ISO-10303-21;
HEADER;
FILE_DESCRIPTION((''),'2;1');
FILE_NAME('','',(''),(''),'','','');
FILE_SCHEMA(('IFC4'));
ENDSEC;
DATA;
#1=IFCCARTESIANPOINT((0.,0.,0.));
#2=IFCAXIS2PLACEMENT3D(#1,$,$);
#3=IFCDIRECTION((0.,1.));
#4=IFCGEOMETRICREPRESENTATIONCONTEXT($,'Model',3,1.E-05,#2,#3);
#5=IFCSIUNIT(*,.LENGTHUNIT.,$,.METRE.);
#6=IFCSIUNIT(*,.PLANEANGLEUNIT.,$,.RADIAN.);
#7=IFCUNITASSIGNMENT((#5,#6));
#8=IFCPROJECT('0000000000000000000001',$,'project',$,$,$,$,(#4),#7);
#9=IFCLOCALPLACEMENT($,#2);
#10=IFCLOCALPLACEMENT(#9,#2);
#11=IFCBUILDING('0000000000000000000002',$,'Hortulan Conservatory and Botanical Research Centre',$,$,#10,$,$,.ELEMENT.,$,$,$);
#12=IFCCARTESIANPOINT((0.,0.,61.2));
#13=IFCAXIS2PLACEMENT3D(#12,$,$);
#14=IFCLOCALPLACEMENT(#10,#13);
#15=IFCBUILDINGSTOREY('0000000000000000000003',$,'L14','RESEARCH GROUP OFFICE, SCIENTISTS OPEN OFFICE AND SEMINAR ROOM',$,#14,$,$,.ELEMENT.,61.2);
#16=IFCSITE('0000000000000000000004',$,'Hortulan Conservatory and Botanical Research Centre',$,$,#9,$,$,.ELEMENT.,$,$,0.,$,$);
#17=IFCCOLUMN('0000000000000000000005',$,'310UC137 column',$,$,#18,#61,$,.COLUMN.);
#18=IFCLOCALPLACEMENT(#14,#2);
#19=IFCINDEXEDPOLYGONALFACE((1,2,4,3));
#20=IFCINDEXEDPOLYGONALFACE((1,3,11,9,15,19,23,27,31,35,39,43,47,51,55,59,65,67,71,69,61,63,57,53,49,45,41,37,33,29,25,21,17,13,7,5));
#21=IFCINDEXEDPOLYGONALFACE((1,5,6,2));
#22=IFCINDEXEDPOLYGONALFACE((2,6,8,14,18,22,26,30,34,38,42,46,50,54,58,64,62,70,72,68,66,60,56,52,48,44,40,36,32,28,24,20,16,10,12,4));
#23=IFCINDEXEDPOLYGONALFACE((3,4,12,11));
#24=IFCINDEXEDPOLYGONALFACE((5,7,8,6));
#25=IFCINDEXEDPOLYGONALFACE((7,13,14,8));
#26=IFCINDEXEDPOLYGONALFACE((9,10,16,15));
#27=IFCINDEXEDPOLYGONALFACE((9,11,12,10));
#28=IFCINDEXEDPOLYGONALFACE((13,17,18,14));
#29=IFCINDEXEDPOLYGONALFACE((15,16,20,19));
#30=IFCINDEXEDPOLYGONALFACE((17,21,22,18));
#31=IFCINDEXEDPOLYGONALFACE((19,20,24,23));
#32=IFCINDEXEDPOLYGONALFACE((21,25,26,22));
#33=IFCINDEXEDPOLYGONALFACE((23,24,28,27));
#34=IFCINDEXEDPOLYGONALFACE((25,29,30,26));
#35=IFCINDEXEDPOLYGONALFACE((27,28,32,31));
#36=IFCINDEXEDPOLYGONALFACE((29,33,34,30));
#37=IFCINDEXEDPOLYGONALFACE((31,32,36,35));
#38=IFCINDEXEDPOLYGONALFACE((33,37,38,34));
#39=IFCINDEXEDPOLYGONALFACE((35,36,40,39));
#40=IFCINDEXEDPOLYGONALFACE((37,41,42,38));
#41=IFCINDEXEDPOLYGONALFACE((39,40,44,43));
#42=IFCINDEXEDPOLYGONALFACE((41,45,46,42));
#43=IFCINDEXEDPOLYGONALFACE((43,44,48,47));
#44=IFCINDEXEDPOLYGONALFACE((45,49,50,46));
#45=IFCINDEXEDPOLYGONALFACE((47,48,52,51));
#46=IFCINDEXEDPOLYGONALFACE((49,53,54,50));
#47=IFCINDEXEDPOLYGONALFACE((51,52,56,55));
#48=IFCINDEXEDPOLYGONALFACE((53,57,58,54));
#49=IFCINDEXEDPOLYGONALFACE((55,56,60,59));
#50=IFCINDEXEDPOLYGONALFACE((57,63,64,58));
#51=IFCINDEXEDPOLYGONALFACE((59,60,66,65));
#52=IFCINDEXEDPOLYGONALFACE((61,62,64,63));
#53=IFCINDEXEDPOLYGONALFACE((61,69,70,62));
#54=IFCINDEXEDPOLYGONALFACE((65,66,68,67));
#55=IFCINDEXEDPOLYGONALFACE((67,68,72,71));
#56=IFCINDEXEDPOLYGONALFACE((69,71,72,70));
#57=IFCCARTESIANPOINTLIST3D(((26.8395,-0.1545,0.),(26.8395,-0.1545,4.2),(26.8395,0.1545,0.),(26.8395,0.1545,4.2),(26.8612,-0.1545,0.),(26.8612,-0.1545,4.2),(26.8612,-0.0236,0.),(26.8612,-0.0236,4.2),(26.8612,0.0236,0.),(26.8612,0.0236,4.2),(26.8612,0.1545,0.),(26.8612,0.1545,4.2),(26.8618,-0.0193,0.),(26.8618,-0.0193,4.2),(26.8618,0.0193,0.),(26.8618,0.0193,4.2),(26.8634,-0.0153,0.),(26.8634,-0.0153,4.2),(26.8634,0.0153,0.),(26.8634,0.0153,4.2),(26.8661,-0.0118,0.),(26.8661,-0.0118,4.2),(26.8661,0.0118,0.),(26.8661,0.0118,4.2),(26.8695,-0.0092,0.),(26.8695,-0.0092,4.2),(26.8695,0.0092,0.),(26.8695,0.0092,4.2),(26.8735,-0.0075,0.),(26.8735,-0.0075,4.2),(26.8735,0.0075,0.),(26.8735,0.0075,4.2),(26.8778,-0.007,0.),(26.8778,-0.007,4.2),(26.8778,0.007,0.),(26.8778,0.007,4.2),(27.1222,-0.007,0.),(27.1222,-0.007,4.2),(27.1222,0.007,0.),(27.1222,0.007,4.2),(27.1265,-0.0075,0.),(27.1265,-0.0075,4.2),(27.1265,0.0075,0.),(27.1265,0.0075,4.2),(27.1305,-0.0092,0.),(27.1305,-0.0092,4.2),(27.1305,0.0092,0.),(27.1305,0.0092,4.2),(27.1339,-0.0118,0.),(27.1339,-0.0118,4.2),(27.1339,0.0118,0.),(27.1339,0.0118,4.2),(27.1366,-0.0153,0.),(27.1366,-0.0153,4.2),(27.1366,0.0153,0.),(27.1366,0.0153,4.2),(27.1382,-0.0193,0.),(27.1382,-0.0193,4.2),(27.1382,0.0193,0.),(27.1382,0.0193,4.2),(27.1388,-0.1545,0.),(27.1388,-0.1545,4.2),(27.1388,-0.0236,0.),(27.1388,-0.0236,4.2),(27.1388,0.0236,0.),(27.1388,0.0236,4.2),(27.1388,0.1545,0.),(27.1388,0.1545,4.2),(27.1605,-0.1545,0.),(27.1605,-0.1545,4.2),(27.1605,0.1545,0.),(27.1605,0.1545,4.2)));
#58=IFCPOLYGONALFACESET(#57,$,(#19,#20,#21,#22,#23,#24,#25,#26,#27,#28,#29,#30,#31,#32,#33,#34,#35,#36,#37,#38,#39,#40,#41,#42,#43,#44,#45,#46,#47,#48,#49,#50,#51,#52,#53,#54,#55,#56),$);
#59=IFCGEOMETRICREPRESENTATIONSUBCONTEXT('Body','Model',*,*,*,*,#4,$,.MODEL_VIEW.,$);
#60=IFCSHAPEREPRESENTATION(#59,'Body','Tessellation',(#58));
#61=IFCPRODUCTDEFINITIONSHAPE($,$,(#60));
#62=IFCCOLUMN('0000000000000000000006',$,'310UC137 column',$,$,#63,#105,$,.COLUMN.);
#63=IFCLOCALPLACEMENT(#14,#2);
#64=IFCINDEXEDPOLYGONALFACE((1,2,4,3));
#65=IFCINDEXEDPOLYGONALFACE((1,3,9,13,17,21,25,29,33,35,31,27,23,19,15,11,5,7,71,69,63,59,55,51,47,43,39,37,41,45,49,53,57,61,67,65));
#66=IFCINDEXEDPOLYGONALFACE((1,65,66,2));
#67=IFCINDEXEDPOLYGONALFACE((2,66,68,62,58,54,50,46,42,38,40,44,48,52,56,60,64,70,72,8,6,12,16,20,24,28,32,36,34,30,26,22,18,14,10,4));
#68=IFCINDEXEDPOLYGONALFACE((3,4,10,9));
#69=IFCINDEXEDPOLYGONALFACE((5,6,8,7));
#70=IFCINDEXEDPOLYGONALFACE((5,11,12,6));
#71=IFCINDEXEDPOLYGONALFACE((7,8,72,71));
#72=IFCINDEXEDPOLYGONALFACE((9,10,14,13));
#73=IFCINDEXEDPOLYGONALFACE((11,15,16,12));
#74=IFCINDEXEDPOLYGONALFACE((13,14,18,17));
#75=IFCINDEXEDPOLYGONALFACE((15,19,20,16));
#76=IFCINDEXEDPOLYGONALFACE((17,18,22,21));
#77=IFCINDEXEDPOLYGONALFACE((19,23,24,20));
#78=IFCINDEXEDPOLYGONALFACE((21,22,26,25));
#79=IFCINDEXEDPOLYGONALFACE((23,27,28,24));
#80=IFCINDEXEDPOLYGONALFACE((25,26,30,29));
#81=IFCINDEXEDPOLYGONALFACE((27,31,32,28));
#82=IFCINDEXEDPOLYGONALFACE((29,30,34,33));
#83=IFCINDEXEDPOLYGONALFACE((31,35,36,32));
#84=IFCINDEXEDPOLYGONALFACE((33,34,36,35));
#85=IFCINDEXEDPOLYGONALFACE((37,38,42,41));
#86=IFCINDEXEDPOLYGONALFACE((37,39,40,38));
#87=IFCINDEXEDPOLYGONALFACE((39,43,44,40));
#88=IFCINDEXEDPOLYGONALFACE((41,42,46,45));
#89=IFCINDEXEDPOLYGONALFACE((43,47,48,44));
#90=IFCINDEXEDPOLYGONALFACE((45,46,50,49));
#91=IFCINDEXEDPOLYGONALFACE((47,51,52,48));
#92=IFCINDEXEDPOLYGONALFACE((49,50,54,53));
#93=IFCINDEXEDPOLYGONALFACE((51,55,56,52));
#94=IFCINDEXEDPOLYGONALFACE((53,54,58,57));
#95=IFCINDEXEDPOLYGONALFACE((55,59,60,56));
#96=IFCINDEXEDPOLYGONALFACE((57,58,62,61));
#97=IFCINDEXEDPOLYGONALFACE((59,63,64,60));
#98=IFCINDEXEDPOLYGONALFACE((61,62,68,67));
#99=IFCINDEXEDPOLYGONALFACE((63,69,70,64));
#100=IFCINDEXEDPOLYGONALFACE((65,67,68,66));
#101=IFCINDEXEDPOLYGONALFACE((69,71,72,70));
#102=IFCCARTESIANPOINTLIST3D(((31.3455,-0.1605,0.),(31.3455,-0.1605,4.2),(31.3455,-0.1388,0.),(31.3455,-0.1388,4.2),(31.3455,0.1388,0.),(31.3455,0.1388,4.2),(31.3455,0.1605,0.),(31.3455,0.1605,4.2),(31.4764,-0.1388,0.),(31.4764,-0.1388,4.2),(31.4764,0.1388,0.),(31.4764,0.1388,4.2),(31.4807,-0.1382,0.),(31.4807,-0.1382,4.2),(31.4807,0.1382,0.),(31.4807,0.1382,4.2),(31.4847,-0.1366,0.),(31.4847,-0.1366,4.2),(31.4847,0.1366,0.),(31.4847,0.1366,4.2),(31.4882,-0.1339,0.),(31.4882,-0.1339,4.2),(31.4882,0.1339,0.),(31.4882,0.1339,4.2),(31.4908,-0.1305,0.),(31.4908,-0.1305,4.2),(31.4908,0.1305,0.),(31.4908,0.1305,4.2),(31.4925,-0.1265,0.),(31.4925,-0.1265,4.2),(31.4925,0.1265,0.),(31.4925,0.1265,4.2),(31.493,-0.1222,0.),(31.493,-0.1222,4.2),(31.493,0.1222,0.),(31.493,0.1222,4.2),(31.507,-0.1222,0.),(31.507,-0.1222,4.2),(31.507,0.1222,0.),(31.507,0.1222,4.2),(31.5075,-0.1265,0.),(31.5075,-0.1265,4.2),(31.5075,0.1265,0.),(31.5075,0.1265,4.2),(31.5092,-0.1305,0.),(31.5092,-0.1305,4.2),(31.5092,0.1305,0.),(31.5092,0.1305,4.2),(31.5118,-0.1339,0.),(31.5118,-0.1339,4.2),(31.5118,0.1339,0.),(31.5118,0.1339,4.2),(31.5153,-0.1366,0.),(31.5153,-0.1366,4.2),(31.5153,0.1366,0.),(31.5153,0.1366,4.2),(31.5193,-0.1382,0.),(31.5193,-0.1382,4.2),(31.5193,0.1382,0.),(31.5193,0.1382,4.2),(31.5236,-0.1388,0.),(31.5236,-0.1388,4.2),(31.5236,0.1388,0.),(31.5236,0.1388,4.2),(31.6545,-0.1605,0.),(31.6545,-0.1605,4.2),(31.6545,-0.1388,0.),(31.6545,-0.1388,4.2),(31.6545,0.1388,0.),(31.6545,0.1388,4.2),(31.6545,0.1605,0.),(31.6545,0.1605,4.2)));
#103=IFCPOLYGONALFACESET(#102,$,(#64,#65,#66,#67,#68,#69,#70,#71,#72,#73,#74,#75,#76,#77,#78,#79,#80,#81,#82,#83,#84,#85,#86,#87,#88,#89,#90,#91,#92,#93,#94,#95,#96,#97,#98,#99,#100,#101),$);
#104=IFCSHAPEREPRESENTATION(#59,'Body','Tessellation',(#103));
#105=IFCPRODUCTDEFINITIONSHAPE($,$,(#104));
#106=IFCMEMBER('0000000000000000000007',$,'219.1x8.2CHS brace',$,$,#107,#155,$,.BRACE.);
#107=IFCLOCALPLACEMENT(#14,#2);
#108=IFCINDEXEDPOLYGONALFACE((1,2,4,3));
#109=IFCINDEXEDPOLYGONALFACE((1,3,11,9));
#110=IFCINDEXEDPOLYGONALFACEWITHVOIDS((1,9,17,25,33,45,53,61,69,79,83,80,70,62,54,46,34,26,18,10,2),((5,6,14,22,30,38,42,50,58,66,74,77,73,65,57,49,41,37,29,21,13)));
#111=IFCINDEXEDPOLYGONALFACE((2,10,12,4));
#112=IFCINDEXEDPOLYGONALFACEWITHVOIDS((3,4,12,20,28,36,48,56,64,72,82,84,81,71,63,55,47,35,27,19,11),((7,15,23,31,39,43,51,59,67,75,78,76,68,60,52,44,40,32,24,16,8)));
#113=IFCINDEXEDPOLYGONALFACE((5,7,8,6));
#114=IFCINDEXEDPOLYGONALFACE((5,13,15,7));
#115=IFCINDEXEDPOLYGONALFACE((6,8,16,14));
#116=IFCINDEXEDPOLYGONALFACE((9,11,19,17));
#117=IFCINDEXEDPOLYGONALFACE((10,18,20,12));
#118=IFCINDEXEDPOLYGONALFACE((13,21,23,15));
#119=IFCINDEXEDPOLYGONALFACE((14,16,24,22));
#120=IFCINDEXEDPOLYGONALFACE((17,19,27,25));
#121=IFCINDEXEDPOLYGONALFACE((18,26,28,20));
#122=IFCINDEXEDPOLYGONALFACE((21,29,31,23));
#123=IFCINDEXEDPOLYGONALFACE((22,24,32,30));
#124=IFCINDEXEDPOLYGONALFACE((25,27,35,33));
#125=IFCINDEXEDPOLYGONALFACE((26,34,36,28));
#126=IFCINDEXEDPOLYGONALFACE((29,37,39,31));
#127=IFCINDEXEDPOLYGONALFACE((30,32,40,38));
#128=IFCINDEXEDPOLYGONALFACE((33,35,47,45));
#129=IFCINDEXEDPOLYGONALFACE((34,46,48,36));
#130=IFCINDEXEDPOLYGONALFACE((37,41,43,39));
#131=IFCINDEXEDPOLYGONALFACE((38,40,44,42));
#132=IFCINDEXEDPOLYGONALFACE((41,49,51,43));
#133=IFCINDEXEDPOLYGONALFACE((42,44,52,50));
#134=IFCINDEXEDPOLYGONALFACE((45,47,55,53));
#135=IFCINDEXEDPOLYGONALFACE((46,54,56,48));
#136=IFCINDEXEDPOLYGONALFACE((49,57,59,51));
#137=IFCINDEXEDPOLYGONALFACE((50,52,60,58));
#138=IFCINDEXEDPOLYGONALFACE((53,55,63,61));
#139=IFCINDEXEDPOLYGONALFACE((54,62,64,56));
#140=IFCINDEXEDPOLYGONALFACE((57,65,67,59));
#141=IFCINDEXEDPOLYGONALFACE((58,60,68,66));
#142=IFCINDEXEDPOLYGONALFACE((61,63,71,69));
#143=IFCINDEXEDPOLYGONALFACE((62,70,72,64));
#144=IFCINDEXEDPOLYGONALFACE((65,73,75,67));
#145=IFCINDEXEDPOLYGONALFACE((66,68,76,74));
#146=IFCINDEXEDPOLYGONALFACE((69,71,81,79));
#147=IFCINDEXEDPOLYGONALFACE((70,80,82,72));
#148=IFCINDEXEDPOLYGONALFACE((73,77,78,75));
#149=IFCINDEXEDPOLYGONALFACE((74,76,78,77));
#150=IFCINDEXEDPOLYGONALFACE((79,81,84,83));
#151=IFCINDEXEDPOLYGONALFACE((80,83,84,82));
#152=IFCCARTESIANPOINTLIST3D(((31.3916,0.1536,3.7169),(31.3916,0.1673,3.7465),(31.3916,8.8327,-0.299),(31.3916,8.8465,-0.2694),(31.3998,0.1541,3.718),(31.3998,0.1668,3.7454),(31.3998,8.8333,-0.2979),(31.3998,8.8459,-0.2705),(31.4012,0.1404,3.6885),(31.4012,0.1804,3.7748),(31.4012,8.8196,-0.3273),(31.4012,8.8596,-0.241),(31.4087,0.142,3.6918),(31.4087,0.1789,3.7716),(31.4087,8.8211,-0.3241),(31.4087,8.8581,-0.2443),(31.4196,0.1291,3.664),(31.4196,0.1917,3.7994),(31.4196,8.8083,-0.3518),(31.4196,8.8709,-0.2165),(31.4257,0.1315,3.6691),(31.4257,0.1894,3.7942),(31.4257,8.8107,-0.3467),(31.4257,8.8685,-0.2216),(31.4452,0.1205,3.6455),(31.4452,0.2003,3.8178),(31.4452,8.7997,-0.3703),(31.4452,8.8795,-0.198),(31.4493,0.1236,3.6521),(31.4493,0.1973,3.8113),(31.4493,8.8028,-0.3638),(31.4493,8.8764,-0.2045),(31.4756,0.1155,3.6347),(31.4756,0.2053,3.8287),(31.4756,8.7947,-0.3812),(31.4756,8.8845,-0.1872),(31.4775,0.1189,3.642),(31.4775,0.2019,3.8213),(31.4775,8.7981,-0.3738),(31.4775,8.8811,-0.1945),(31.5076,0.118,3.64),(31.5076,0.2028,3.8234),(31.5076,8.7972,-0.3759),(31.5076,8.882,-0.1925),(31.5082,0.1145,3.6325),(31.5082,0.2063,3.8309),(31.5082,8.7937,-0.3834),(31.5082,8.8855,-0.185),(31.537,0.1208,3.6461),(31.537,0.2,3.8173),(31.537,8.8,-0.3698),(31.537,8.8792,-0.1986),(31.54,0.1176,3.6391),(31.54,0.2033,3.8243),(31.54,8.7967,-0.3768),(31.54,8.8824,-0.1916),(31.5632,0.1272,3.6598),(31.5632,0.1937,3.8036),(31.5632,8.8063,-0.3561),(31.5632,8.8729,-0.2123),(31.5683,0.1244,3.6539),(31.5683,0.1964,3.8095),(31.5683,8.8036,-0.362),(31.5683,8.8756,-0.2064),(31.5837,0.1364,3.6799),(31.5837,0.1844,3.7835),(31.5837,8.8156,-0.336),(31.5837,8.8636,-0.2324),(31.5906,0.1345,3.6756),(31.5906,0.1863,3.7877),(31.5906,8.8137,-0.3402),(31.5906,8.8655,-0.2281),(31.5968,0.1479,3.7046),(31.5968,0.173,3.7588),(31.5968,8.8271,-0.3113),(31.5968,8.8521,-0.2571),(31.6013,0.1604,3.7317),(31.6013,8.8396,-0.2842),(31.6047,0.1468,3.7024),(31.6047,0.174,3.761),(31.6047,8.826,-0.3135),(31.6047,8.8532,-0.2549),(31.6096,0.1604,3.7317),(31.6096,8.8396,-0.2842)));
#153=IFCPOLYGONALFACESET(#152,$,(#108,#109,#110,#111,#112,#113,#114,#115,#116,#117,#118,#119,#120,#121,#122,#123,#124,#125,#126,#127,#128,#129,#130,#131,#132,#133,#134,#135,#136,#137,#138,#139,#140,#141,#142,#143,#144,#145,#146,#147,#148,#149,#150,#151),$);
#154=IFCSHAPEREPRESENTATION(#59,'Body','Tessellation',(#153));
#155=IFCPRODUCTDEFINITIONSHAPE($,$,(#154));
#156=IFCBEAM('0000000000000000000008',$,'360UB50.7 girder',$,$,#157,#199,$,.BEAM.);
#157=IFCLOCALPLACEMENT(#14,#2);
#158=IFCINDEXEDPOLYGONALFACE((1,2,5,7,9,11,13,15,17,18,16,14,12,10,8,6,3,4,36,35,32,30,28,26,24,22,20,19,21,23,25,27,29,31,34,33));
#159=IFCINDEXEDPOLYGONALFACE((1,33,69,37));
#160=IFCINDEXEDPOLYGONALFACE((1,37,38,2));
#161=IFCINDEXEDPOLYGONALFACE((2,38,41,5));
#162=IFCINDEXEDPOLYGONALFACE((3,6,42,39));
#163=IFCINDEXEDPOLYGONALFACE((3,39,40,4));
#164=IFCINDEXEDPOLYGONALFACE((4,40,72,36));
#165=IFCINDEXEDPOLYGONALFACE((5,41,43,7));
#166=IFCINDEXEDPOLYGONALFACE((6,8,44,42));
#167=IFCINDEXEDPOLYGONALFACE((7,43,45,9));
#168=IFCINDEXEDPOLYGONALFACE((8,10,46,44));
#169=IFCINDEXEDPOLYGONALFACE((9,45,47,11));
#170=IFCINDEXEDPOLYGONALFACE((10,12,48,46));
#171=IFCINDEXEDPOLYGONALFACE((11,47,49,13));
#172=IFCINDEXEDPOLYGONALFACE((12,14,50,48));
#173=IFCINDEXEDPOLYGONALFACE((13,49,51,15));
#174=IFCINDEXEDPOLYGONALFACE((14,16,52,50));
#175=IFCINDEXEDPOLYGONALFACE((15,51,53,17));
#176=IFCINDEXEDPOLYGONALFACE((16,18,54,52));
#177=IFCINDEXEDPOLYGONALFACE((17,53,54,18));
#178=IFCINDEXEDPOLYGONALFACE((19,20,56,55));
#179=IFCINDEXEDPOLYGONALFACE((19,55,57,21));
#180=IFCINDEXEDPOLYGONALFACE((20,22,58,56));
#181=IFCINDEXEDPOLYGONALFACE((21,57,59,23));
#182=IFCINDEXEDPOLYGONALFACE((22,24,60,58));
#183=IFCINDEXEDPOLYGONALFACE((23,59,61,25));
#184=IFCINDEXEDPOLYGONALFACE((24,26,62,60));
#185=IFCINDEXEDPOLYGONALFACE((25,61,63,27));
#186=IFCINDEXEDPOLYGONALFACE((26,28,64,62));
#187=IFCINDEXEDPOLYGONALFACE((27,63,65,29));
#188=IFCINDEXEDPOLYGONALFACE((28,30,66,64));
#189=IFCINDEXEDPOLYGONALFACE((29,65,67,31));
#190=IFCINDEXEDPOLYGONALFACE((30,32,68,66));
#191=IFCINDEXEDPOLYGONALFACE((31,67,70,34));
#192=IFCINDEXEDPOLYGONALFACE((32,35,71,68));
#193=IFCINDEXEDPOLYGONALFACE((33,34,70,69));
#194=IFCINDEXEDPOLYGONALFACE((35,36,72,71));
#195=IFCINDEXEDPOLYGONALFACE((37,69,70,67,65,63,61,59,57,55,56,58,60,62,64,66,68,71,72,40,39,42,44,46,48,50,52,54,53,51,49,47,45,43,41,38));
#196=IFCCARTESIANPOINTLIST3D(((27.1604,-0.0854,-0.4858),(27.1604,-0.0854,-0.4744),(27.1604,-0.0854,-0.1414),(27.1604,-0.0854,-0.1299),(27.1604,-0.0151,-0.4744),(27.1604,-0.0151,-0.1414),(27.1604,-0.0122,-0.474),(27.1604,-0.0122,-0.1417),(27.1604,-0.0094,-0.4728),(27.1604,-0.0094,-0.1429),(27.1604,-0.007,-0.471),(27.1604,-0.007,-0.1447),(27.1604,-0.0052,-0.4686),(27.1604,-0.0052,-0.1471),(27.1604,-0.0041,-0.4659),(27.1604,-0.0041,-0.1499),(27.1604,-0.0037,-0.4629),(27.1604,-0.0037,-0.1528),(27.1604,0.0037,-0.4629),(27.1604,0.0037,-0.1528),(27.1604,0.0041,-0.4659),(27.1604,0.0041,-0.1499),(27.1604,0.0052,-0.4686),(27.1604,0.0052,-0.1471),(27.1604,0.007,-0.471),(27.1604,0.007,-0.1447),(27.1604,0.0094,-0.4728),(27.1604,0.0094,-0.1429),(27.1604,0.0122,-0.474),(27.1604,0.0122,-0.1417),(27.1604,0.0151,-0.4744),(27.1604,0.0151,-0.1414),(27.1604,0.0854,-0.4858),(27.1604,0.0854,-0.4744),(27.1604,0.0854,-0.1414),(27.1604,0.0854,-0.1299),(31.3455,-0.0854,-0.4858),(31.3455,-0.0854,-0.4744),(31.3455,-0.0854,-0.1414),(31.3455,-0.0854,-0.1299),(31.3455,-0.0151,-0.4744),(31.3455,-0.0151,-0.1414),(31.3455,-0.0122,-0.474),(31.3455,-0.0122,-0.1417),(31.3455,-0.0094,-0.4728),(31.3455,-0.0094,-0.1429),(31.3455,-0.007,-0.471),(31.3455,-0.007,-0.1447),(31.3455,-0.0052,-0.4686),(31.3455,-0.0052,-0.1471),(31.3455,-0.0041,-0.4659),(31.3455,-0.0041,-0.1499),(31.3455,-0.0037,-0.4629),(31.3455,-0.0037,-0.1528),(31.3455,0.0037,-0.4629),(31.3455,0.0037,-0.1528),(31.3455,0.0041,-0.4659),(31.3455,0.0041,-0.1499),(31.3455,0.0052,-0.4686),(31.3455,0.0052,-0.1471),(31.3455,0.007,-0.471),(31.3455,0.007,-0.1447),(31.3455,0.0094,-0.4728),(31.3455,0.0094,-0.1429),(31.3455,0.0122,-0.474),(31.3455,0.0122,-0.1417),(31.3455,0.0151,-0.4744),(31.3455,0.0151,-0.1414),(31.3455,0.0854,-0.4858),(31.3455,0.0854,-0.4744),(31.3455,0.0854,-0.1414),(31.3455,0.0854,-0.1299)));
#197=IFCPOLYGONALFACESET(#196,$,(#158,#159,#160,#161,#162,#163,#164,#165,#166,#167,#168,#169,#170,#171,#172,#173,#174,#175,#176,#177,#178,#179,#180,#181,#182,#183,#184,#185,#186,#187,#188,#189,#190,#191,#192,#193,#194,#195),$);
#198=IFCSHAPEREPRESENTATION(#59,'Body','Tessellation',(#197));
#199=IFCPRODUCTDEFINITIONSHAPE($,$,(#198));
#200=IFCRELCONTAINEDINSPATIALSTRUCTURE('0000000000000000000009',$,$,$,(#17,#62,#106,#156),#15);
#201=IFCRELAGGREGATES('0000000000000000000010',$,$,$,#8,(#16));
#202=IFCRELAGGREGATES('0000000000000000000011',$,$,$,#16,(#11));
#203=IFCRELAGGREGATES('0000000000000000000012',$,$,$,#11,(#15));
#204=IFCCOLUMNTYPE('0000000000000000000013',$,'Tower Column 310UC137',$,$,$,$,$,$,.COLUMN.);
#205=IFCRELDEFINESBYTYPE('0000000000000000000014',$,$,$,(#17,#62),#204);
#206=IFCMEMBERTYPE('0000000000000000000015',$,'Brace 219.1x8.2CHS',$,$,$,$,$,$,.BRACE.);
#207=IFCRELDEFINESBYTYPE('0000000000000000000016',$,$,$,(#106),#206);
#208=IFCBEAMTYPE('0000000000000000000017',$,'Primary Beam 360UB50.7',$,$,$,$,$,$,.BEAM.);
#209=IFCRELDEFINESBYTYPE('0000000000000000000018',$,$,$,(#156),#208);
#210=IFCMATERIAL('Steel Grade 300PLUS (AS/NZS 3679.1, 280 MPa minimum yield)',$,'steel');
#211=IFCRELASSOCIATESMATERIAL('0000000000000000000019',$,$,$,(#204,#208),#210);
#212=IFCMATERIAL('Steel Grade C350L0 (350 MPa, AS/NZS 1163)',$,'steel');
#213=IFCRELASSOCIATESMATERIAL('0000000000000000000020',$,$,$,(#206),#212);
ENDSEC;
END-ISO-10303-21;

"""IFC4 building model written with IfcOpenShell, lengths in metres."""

from ifc_helpers import new_model, si_unit, direction, frame, origin, origin_2d, place, context, subcontext, project, spatial, hollow_circle, i_section, extrude, material, material_profile, profile_set, type_object, element, save


model = new_model("IFC4")

# Units and contexts
model_context = context("Model", 3, precision=1e-05, world=origin(), true_north=direction((0.0, 1.0)))
body_context = subcontext(model_context, "Body", "Model", "MODEL_VIEW")
ifc_project = project(units=[si_unit("LENGTHUNIT", "METRE"), si_unit("PLANEANGLEUNIT", "RADIAN")], contexts=[model_context])

# Site, building, storey
site_placement = place(None, origin())
site = spatial("IfcSite", under=ifc_project, at=site_placement, Name="Hortulan Conservatory and Botanical Research Centre", CompositionType="ELEMENT", RefElevation=0.0)
building_placement = place(site_placement, origin())
building = spatial("IfcBuilding", under=site, at=building_placement, Name="Hortulan Conservatory and Botanical Research Centre", CompositionType="ELEMENT")
storey_placement = place(building_placement, frame((0.0, 0.0, 61.2)))
storey = spatial("IfcBuildingStorey", under=building, at=storey_placement, Name="L14", Description="RESEARCH GROUP OFFICE, SCIENTISTS OPEN OFFICE AND SEMINAR ROOM", CompositionType="ELEMENT", Elevation=61.2)

# Columns
ifc_material_1 = material(Name="Steel Grade 300PLUS (AS/NZS 3679.1, 280 MPa minimum yield)", Category="steel")
ifc_material_profile_1 = material_profile(ifc_material_1, i_section(OverallWidth=0.3091, OverallDepth=0.321, WebThickness=0.0139, FlangeThickness=0.0217, FilletRadius=0.0166, at=origin_2d()), Name="310UC137")
ifc_profile_set_1 = profile_set([ifc_material_profile_1], Name="Steel Grade 300PLUS (AS/NZS 3679.1, 280 MPa minimum yield)")
column_type = type_object("IfcColumnType", Name="Tower Column 310UC137", PredefinedType="COLUMN", material=ifc_profile_set_1)
for number, where, z_axis, x_axis, name in (
    (1, (27.0, 0.0, 0.0), (0.0, 0.0, 1.0), (0.0, 1.0, 0.0), "310UC137 column"),
    (2, (31.5, 0.0, 0.0), (0.0, 0.0, 1.0), (1.0, 0.0, 0.0), "310UC137 column"),
):
    element("IfcColumn", number, at=place(storey_placement, frame(where, z_axis=z_axis, x_axis=x_axis)), inside=storey, type_object=column_type, Name=name, PredefinedType="COLUMN", context=body_context, shape_type="SweptSolid", body=[
        extrude(i_section(OverallWidth=0.3091, OverallDepth=0.321, WebThickness=0.0139, FlangeThickness=0.0217, FilletRadius=0.0166, at=origin_2d()), origin(), (0.0, 0.0, 1.0), 4.2),
    ])

# Member
ifc_material_2 = material(Name="Steel Grade C350L0 (350 MPa, AS/NZS 1163)", Category="steel")
ifc_material_profile_2 = material_profile(ifc_material_2, hollow_circle(Radius=0.1096, WallThickness=0.0083, at=origin_2d()), Name="219.1x8.2CHS")
ifc_profile_set_2 = profile_set([ifc_material_profile_2], Name="Steel Grade C350L0 (350 MPa, AS/NZS 1163)")
member_type = type_object("IfcMemberType", Name="Brace 219.1x8.2CHS", PredefinedType="BRACE", material=ifc_profile_set_2)
member_placement = place(storey_placement, frame((31.5, 8.8396, -0.2842), z_axis=(0.0, -0.907558, 0.419927), x_axis=(1.0, 0.0, 0.0)))
element("IfcMember", 3, at=member_placement, inside=storey, type_object=member_type, Name="219.1x8.2CHS brace", PredefinedType="BRACE", context=body_context, shape_type="SweptSolid", body=[
    extrude(hollow_circle(Radius=0.1096, WallThickness=0.0083, at=origin_2d()), origin(), (0.0, 0.0, 1.0), 9.5632),
])

# Beam
ifc_material_profile_3 = material_profile(ifc_material_1, i_section(OverallWidth=0.1709, OverallDepth=0.356, WebThickness=0.0073, FlangeThickness=0.0115, FilletRadius=0.0115, at=origin_2d()), Name="360UB50.7")
ifc_profile_set_3 = profile_set([ifc_material_profile_3], Name="Steel Grade 300PLUS (AS/NZS 3679.1, 280 MPa minimum yield)")
beam_type_1 = type_object("IfcBeamType", Name="Primary Beam 360UB50.7", PredefinedType="BEAM", material=ifc_profile_set_3)
beam_1_placement = place(storey_placement, frame((27.1604, 0.0, -0.3079), z_axis=(1.0, 0.0, 0.0), x_axis=(0.0, 1.0, 0.0)))
element("IfcBeam", 4, at=beam_1_placement, inside=storey, type_object=beam_type_1, Name="360UB50.7 girder", PredefinedType="BEAM", context=body_context, shape_type="SweptSolid", body=[
    extrude(i_section(OverallWidth=0.1709, OverallDepth=0.356, WebThickness=0.0073, FlangeThickness=0.0115, FilletRadius=0.0115, at=origin_2d()), origin(), (0.0, 0.0, 1.0), 4.1851),
])

save(model, "model.ifc")
